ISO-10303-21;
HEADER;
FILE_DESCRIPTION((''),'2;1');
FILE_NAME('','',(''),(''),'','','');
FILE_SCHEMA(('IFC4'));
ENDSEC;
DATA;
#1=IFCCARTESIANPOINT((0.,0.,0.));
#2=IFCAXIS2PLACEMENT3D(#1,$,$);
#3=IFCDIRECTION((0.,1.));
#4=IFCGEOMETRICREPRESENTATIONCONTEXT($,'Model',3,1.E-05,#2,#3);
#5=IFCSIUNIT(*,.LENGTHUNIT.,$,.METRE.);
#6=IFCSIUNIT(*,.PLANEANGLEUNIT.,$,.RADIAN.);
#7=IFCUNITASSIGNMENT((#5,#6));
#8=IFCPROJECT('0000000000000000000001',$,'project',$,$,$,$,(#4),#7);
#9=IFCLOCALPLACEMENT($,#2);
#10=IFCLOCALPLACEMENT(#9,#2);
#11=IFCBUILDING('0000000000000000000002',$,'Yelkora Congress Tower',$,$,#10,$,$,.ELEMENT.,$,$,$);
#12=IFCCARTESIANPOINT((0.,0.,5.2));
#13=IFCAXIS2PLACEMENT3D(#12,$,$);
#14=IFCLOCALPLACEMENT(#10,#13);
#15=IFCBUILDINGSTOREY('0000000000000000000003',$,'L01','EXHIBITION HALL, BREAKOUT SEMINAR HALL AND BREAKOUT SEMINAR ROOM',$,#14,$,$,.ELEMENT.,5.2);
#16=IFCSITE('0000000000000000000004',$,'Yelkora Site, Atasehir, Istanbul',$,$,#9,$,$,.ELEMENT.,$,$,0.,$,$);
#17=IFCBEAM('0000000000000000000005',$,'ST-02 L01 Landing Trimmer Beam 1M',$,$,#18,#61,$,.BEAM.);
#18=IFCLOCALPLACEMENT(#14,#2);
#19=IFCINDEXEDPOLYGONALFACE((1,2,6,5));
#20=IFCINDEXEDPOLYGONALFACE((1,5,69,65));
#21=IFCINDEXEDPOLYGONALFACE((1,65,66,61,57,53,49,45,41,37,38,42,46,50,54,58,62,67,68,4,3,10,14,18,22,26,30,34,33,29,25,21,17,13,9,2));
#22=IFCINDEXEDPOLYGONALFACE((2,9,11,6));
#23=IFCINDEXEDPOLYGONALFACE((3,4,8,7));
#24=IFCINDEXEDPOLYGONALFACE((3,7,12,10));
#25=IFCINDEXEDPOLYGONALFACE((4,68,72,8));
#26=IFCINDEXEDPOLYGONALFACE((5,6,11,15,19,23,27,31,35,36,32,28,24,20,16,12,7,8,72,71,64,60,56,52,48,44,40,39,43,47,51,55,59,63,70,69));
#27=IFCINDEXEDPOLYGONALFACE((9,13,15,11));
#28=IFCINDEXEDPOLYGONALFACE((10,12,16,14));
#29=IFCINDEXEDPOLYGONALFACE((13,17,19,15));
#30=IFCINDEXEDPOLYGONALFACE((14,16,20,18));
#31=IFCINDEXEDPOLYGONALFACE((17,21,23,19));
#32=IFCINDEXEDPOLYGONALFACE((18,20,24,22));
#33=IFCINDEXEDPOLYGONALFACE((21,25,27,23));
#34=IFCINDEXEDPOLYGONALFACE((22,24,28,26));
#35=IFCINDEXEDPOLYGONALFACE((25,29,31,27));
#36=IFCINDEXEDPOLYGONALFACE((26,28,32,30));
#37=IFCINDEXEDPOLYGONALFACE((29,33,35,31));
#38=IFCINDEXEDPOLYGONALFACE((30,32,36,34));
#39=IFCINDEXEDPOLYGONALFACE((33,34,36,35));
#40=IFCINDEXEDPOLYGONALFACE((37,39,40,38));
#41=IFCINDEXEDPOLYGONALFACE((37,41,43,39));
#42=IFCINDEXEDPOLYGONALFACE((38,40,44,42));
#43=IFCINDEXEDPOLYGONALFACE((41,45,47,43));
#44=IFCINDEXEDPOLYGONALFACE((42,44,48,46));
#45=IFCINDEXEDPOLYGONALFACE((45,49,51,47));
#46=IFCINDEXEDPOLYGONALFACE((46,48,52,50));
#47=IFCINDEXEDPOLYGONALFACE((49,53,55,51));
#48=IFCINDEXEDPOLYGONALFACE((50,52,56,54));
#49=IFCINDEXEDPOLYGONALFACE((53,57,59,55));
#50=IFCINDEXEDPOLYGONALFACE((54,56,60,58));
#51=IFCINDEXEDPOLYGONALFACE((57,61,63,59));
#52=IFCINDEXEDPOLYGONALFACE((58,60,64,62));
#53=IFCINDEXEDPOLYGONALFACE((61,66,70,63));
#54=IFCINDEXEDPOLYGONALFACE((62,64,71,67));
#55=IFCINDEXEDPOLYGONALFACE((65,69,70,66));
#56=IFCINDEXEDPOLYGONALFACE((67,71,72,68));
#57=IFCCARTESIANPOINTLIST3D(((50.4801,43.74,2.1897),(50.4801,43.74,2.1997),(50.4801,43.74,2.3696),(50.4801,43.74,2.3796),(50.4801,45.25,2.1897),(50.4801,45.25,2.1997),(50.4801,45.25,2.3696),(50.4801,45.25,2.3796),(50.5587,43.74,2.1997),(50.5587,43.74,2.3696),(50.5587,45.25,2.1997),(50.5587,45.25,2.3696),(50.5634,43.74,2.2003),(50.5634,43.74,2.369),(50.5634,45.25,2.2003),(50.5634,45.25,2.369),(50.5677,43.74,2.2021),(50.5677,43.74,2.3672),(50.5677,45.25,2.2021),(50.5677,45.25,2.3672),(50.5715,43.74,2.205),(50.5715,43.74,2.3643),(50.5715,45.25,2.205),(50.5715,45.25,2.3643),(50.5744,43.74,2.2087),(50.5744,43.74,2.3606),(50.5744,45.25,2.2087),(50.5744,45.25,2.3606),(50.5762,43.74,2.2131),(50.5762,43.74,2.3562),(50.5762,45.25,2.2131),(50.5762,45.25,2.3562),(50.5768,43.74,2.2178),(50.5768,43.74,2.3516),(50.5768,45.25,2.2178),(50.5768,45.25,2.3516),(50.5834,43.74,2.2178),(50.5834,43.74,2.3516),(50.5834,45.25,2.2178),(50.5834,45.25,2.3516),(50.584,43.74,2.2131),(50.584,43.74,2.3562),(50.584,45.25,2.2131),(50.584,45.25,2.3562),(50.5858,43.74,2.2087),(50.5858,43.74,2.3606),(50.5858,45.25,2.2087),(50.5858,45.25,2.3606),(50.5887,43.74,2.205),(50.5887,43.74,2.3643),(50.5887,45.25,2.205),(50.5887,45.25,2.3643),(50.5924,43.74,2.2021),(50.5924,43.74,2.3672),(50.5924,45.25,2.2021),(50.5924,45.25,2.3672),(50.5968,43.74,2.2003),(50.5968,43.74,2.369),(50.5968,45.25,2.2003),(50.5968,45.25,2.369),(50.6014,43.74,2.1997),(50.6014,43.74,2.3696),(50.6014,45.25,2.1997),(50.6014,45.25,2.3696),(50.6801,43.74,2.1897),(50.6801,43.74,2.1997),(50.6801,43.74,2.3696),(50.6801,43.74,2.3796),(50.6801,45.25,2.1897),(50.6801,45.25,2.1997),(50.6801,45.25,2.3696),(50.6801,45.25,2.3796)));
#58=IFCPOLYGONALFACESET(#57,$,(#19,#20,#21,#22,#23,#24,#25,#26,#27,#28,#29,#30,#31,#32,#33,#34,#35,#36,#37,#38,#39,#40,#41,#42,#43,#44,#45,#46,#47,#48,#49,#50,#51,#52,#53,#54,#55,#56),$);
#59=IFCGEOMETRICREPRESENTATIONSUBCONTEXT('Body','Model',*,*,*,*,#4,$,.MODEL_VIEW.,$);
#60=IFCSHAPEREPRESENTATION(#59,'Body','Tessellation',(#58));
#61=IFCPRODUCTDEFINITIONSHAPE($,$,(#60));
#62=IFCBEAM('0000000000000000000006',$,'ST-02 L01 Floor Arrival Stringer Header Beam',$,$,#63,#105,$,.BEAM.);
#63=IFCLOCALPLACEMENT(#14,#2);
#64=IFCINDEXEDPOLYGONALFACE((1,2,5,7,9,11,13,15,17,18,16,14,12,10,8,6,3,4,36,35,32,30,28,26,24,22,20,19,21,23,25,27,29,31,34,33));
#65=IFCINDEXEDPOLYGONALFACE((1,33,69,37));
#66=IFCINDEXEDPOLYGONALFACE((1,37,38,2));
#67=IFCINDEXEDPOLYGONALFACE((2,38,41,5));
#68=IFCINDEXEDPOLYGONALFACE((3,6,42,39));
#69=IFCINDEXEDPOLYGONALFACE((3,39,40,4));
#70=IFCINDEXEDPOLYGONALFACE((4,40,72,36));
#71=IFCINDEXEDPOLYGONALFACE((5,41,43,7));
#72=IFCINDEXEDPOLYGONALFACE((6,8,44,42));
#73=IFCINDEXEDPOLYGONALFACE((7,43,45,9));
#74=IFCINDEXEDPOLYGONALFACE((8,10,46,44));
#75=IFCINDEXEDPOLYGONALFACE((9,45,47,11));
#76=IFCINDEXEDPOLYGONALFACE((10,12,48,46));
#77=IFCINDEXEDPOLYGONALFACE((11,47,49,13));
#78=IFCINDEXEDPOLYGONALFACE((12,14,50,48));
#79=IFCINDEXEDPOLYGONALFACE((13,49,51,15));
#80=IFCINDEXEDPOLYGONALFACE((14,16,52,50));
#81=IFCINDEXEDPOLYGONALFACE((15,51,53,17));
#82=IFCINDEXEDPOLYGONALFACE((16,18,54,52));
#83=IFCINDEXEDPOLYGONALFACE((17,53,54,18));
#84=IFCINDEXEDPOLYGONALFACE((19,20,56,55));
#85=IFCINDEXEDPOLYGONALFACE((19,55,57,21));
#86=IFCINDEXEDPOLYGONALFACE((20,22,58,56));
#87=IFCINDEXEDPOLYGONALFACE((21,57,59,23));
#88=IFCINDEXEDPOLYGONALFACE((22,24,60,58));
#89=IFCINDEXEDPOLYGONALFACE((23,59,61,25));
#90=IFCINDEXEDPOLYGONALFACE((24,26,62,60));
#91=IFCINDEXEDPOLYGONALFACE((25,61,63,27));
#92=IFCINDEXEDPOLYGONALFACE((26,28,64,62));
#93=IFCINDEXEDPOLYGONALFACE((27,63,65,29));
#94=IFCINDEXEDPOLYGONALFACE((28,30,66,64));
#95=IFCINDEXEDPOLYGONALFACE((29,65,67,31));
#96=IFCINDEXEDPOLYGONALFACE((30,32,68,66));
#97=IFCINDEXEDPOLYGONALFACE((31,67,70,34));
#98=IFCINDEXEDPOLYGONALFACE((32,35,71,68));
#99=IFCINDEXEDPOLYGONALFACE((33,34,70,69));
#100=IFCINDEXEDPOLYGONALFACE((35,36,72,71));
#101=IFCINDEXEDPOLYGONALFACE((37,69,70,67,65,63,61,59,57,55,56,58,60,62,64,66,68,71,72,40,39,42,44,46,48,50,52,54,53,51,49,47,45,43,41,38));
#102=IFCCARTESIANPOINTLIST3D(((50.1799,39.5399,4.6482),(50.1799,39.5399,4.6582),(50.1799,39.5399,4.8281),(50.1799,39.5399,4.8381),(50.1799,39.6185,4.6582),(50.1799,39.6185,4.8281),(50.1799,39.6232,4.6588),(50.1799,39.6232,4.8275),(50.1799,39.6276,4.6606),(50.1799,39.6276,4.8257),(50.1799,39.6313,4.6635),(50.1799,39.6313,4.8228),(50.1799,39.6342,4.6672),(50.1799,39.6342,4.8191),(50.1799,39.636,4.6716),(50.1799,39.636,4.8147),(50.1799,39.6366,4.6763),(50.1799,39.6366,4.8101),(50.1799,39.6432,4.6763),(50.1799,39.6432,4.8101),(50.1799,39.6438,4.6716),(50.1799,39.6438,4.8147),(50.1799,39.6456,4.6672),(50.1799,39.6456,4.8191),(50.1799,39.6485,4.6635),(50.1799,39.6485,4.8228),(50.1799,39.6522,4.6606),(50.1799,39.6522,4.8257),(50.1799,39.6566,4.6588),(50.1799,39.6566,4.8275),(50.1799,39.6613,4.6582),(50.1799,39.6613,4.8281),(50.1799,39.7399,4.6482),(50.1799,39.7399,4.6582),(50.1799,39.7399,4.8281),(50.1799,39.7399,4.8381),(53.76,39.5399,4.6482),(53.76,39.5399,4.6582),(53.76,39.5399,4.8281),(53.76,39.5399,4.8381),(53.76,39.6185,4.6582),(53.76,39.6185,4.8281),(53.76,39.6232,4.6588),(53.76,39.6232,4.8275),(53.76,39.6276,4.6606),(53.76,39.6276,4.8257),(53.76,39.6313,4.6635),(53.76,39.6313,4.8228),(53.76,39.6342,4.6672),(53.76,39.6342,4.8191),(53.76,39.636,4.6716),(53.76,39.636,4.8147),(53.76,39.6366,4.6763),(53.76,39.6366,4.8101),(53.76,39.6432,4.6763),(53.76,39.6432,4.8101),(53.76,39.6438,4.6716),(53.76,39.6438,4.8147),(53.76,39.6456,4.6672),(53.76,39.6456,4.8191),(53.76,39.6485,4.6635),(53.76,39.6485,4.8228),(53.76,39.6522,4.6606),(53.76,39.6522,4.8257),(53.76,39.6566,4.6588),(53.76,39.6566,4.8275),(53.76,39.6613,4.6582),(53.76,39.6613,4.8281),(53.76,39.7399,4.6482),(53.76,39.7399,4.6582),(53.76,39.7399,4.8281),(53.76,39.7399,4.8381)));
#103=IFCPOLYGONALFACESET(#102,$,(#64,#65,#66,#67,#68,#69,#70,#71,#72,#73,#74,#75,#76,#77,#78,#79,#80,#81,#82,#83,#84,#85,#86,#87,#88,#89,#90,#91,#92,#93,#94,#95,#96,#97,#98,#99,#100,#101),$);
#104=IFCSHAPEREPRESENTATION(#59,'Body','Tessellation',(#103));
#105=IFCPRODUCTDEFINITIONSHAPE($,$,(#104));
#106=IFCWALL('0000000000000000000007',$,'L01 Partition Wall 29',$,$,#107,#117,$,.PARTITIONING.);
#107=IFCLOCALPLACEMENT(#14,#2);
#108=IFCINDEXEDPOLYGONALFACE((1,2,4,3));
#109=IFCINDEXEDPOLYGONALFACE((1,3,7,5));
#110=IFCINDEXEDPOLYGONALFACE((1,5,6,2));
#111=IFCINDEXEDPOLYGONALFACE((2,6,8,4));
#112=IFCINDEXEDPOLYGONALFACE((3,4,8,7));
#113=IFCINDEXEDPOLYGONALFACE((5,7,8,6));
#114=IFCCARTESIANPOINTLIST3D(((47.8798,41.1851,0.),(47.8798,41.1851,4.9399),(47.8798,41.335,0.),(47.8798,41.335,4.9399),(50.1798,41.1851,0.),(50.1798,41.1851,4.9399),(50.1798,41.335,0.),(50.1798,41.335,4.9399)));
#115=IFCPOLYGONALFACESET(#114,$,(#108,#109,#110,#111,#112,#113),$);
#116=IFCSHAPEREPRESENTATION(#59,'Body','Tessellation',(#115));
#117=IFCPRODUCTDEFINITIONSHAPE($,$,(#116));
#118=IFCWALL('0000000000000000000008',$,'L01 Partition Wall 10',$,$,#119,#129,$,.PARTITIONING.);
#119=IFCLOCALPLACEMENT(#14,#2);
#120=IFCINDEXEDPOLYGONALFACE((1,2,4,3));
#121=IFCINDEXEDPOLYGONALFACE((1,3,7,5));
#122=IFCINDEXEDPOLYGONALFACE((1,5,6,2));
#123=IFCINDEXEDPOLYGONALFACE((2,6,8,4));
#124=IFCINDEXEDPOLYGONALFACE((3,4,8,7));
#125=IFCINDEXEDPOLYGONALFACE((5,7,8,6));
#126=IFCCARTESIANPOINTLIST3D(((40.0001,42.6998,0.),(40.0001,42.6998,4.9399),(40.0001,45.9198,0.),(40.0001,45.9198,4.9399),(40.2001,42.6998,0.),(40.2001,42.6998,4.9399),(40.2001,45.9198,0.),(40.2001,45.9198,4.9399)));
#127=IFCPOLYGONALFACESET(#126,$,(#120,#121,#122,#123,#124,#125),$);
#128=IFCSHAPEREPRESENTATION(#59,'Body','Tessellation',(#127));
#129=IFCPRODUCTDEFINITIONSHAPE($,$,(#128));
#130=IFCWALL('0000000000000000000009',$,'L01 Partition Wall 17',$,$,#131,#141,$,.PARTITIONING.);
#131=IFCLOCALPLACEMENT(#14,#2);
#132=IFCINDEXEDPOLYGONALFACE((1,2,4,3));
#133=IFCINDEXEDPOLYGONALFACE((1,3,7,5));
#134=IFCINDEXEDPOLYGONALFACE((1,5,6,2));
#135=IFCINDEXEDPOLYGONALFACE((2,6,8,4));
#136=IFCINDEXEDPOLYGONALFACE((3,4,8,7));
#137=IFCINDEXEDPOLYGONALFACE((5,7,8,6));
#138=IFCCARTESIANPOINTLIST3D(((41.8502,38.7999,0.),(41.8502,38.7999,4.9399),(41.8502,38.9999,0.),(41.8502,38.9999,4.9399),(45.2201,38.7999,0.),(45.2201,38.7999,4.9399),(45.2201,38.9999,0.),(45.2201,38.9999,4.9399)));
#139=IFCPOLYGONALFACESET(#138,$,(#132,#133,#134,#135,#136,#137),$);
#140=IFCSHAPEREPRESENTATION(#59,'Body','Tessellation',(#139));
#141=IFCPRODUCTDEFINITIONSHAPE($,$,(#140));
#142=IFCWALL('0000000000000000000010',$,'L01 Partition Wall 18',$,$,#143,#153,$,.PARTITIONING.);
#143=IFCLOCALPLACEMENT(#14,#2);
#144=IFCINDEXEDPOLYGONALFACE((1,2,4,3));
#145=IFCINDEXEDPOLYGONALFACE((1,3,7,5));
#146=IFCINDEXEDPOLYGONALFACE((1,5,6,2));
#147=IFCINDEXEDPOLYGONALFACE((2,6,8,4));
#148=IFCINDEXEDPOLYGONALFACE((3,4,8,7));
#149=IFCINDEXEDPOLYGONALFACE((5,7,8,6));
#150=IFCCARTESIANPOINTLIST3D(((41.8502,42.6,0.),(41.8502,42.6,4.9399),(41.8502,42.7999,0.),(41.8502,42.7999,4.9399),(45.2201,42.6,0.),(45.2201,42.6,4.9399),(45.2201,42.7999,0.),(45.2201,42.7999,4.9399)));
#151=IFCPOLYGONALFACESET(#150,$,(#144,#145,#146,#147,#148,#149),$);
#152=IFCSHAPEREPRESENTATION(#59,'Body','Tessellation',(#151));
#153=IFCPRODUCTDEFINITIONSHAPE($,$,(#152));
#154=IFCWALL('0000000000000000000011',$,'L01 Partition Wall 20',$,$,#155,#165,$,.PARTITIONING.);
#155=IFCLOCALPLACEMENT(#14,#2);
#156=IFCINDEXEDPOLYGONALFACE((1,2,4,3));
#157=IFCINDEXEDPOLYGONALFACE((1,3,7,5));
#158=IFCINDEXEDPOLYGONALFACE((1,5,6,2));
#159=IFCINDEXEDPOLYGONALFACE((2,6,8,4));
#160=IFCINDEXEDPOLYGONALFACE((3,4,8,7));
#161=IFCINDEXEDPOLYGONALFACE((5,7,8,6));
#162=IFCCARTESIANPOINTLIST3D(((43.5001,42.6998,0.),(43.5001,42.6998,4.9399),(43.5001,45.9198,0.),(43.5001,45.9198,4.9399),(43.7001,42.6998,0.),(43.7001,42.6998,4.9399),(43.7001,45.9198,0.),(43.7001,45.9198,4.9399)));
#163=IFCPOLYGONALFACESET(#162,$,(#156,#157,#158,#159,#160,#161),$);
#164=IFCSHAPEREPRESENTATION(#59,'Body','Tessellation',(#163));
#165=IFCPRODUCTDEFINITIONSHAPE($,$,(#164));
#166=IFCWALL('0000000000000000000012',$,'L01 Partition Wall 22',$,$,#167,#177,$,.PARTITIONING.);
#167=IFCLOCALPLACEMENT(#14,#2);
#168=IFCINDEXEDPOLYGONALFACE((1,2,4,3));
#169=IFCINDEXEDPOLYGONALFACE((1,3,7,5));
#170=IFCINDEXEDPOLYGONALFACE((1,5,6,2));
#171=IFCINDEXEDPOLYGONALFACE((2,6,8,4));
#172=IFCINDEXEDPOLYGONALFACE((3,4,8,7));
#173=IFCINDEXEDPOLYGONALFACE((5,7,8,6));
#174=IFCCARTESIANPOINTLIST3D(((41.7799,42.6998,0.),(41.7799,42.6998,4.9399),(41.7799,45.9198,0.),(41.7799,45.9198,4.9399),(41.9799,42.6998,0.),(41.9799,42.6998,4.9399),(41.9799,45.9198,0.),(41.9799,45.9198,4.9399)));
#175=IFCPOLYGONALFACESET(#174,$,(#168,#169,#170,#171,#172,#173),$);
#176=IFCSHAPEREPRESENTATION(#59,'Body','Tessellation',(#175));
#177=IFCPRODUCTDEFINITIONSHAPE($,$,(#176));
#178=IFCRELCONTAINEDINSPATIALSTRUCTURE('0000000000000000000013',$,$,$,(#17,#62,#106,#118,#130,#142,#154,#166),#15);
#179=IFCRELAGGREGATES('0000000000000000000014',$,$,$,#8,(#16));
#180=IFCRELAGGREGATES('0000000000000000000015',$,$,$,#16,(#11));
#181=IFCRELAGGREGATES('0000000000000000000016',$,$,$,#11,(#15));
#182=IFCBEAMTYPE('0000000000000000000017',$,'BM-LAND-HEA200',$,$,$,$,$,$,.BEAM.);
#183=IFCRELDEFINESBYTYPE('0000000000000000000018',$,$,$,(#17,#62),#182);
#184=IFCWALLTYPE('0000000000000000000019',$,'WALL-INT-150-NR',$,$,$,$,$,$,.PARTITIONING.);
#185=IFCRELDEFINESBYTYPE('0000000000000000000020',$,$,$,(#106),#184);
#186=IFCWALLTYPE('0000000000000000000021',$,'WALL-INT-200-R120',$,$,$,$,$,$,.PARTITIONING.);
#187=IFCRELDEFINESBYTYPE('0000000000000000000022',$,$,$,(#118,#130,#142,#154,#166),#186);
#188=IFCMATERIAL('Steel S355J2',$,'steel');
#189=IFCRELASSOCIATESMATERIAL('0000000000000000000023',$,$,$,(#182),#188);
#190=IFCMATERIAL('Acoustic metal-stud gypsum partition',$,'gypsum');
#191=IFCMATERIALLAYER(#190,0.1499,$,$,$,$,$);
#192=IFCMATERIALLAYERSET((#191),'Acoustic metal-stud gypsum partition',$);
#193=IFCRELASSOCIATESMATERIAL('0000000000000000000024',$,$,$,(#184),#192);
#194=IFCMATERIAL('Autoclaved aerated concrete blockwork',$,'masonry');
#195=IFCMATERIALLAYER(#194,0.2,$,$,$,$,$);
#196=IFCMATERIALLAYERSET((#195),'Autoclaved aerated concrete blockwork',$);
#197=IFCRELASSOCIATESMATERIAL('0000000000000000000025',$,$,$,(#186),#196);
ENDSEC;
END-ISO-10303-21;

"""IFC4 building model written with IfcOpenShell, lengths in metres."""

from ifc_helpers import new_model, si_unit, direction, frame, frame_2d, origin, origin_2d, place, context, subcontext, project, spatial, rectangle, i_section, extrude, material, layer, layer_set, material_profile, profile_set, type_object, element, save


model = new_model("IFC4")

# Units and contexts
model_context = context("Model", 3, precision=1e-05, world=origin(), true_north=direction((0.0, 1.0)))
body_context = subcontext(model_context, "Body", "Model", "MODEL_VIEW")
ifc_project = project(units=[si_unit("LENGTHUNIT", "METRE"), si_unit("PLANEANGLEUNIT", "RADIAN")], contexts=[model_context])

# Site, building, storey
site_placement = place(None, origin())
site = spatial("IfcSite", under=ifc_project, at=site_placement, Name="Yelkora Site, Atasehir, Istanbul", CompositionType="ELEMENT", RefElevation=0.0)
building_placement = place(site_placement, origin())
building = spatial("IfcBuilding", under=site, at=building_placement, Name="Yelkora Congress Tower", CompositionType="ELEMENT")
storey_placement = place(building_placement, frame((0.0, 0.0, 5.2)))
storey = spatial("IfcBuildingStorey", under=building, at=storey_placement, Name="L01", Description="EXHIBITION HALL, BREAKOUT SEMINAR HALL AND BREAKOUT SEMINAR ROOM", CompositionType="ELEMENT", Elevation=5.2)

# Beams
ifc_material_1 = material(Name="Steel S355J2", Category="steel")
ifc_material_profile_1 = material_profile(ifc_material_1, i_section(OverallWidth=0.2, OverallDepth=0.1899, WebThickness=0.0066, FlangeThickness=0.01, FilletRadius=0.0181, at=origin_2d()), Name="HEA 200")
ifc_profile_set_1 = profile_set([ifc_material_profile_1], Name="Steel S355J2")
beam_type_1 = type_object("IfcBeamType", Name="BM-LAND-HEA200", PredefinedType="BEAM", material=ifc_profile_set_1)
beam_1_placement = place(storey_placement, frame((50.5801, 43.74, 2.2847), z_axis=(0.0, 1.0, 0.0), x_axis=(-1.0, 0.0, 0.0)))
element("IfcBeam", 1, at=beam_1_placement, inside=storey, type_object=beam_type_1, Name="ST-02 L01 Landing Trimmer Beam 1M", PredefinedType="BEAM", context=body_context, shape_type="SweptSolid", body=[
    extrude(i_section(OverallWidth=0.2, OverallDepth=0.1899, WebThickness=0.0066, FlangeThickness=0.01, FilletRadius=0.0181, at=origin_2d()), origin(), (0.0, 0.0, 1.0), 1.51),
])
beam_2_placement = place(storey_placement, frame((50.1799, 39.6399, 4.7432), z_axis=(1.0, 0.0, 0.0), x_axis=(0.0, 1.0, 0.0)))
element("IfcBeam", 2, at=beam_2_placement, inside=storey, type_object=beam_type_1, Name="ST-02 L01 Floor Arrival Stringer Header Beam", PredefinedType="BEAM", context=body_context, shape_type="SweptSolid", body=[
    extrude(i_section(OverallWidth=0.2, OverallDepth=0.1899, WebThickness=0.0066, FlangeThickness=0.01, FilletRadius=0.0181, at=origin_2d()), origin(), (0.0, 0.0, 1.0), 3.5801),
])

# Shared definitions
ifc_material_2 = material(Name="Acoustic metal-stud gypsum partition", Category="gypsum")
ifc_layer_1 = layer(ifc_material_2, 0.1499)
ifc_layer_set_1 = layer_set([ifc_layer_1], Name="Acoustic metal-stud gypsum partition")
wall_type_1 = type_object("IfcWallType", Name="WALL-INT-150-NR", PredefinedType="PARTITIONING", material=ifc_layer_set_1)

# Walls
wall_1_placement = place(storey_placement, frame((47.8799, 41.26, 0.0), z_axis=(0.0, 0.0, 1.0), x_axis=(1.0, 0.0, 0.0)))
element("IfcWall", 3, at=wall_1_placement, inside=storey, type_object=wall_type_1, Name="L01 Partition Wall 29", PredefinedType="PARTITIONING", context=body_context, shape_type="SweptSolid", body=[
    extrude(rectangle(XDim=2.3, YDim=0.1499, at=frame_2d((1.1499, 0.0))), origin(), (0.0, 0.0, 1.0), 4.9399),
])
ifc_material_3 = material(Name="Autoclaved aerated concrete blockwork", Category="masonry")
ifc_layer_2 = layer(ifc_material_3, 0.2)
ifc_layer_set_2 = layer_set([ifc_layer_2], Name="Autoclaved aerated concrete blockwork")
wall_type_2 = type_object("IfcWallType", Name="WALL-INT-200-R120", PredefinedType="PARTITIONING", material=ifc_layer_set_2)
wall_2_placement = place(storey_placement, frame((40.1001, 42.7, 0.0), z_axis=(0.0, 0.0, 1.0), x_axis=(0.0, 1.0, 0.0)))
element("IfcWall", 4, at=wall_2_placement, inside=storey, type_object=wall_type_2, Name="L01 Partition Wall 10", PredefinedType="PARTITIONING", context=body_context, shape_type="SweptSolid", body=[
    extrude(rectangle(XDim=3.22, YDim=0.2, at=frame_2d((1.6099, 0.0))), origin(), (0.0, 0.0, 1.0), 4.9399),
])
for number, where, z_axis, x_axis, name in (
    (5, (41.8501, 38.8999, 0.0), (0.0, 0.0, 1.0), (1.0, 0.0, 0.0), "L01 Partition Wall 17"),
    (6, (41.8501, 42.7, 0.0), (0.0, 0.0, 1.0), (1.0, 0.0, 0.0), "L01 Partition Wall 18"),
):
    element("IfcWall", number, at=place(storey_placement, frame(where, z_axis=z_axis, x_axis=x_axis)), inside=storey, type_object=wall_type_2, Name=name, PredefinedType="PARTITIONING", context=body_context, shape_type="SweptSolid", body=[
        extrude(rectangle(XDim=3.3699, YDim=0.2, at=frame_2d((1.6851, 0.0))), origin(), (0.0, 0.0, 1.0), 4.9399),
    ])
for number, where, z_axis, x_axis, name in (
    (7, (43.6001, 42.7, 0.0), (0.0, 0.0, 1.0), (0.0, 1.0, 0.0), "L01 Partition Wall 20"),
    (8, (41.8799, 42.7, 0.0), (0.0, 0.0, 1.0), (0.0, 1.0, 0.0), "L01 Partition Wall 22"),
):
    element("IfcWall", number, at=place(storey_placement, frame(where, z_axis=z_axis, x_axis=x_axis)), inside=storey, type_object=wall_type_2, Name=name, PredefinedType="PARTITIONING", context=body_context, shape_type="SweptSolid", body=[
        extrude(rectangle(XDim=3.22, YDim=0.2, at=frame_2d((1.6099, 0.0))), origin(), (0.0, 0.0, 1.0), 4.9399),
    ])

save(model, "model.ifc")
